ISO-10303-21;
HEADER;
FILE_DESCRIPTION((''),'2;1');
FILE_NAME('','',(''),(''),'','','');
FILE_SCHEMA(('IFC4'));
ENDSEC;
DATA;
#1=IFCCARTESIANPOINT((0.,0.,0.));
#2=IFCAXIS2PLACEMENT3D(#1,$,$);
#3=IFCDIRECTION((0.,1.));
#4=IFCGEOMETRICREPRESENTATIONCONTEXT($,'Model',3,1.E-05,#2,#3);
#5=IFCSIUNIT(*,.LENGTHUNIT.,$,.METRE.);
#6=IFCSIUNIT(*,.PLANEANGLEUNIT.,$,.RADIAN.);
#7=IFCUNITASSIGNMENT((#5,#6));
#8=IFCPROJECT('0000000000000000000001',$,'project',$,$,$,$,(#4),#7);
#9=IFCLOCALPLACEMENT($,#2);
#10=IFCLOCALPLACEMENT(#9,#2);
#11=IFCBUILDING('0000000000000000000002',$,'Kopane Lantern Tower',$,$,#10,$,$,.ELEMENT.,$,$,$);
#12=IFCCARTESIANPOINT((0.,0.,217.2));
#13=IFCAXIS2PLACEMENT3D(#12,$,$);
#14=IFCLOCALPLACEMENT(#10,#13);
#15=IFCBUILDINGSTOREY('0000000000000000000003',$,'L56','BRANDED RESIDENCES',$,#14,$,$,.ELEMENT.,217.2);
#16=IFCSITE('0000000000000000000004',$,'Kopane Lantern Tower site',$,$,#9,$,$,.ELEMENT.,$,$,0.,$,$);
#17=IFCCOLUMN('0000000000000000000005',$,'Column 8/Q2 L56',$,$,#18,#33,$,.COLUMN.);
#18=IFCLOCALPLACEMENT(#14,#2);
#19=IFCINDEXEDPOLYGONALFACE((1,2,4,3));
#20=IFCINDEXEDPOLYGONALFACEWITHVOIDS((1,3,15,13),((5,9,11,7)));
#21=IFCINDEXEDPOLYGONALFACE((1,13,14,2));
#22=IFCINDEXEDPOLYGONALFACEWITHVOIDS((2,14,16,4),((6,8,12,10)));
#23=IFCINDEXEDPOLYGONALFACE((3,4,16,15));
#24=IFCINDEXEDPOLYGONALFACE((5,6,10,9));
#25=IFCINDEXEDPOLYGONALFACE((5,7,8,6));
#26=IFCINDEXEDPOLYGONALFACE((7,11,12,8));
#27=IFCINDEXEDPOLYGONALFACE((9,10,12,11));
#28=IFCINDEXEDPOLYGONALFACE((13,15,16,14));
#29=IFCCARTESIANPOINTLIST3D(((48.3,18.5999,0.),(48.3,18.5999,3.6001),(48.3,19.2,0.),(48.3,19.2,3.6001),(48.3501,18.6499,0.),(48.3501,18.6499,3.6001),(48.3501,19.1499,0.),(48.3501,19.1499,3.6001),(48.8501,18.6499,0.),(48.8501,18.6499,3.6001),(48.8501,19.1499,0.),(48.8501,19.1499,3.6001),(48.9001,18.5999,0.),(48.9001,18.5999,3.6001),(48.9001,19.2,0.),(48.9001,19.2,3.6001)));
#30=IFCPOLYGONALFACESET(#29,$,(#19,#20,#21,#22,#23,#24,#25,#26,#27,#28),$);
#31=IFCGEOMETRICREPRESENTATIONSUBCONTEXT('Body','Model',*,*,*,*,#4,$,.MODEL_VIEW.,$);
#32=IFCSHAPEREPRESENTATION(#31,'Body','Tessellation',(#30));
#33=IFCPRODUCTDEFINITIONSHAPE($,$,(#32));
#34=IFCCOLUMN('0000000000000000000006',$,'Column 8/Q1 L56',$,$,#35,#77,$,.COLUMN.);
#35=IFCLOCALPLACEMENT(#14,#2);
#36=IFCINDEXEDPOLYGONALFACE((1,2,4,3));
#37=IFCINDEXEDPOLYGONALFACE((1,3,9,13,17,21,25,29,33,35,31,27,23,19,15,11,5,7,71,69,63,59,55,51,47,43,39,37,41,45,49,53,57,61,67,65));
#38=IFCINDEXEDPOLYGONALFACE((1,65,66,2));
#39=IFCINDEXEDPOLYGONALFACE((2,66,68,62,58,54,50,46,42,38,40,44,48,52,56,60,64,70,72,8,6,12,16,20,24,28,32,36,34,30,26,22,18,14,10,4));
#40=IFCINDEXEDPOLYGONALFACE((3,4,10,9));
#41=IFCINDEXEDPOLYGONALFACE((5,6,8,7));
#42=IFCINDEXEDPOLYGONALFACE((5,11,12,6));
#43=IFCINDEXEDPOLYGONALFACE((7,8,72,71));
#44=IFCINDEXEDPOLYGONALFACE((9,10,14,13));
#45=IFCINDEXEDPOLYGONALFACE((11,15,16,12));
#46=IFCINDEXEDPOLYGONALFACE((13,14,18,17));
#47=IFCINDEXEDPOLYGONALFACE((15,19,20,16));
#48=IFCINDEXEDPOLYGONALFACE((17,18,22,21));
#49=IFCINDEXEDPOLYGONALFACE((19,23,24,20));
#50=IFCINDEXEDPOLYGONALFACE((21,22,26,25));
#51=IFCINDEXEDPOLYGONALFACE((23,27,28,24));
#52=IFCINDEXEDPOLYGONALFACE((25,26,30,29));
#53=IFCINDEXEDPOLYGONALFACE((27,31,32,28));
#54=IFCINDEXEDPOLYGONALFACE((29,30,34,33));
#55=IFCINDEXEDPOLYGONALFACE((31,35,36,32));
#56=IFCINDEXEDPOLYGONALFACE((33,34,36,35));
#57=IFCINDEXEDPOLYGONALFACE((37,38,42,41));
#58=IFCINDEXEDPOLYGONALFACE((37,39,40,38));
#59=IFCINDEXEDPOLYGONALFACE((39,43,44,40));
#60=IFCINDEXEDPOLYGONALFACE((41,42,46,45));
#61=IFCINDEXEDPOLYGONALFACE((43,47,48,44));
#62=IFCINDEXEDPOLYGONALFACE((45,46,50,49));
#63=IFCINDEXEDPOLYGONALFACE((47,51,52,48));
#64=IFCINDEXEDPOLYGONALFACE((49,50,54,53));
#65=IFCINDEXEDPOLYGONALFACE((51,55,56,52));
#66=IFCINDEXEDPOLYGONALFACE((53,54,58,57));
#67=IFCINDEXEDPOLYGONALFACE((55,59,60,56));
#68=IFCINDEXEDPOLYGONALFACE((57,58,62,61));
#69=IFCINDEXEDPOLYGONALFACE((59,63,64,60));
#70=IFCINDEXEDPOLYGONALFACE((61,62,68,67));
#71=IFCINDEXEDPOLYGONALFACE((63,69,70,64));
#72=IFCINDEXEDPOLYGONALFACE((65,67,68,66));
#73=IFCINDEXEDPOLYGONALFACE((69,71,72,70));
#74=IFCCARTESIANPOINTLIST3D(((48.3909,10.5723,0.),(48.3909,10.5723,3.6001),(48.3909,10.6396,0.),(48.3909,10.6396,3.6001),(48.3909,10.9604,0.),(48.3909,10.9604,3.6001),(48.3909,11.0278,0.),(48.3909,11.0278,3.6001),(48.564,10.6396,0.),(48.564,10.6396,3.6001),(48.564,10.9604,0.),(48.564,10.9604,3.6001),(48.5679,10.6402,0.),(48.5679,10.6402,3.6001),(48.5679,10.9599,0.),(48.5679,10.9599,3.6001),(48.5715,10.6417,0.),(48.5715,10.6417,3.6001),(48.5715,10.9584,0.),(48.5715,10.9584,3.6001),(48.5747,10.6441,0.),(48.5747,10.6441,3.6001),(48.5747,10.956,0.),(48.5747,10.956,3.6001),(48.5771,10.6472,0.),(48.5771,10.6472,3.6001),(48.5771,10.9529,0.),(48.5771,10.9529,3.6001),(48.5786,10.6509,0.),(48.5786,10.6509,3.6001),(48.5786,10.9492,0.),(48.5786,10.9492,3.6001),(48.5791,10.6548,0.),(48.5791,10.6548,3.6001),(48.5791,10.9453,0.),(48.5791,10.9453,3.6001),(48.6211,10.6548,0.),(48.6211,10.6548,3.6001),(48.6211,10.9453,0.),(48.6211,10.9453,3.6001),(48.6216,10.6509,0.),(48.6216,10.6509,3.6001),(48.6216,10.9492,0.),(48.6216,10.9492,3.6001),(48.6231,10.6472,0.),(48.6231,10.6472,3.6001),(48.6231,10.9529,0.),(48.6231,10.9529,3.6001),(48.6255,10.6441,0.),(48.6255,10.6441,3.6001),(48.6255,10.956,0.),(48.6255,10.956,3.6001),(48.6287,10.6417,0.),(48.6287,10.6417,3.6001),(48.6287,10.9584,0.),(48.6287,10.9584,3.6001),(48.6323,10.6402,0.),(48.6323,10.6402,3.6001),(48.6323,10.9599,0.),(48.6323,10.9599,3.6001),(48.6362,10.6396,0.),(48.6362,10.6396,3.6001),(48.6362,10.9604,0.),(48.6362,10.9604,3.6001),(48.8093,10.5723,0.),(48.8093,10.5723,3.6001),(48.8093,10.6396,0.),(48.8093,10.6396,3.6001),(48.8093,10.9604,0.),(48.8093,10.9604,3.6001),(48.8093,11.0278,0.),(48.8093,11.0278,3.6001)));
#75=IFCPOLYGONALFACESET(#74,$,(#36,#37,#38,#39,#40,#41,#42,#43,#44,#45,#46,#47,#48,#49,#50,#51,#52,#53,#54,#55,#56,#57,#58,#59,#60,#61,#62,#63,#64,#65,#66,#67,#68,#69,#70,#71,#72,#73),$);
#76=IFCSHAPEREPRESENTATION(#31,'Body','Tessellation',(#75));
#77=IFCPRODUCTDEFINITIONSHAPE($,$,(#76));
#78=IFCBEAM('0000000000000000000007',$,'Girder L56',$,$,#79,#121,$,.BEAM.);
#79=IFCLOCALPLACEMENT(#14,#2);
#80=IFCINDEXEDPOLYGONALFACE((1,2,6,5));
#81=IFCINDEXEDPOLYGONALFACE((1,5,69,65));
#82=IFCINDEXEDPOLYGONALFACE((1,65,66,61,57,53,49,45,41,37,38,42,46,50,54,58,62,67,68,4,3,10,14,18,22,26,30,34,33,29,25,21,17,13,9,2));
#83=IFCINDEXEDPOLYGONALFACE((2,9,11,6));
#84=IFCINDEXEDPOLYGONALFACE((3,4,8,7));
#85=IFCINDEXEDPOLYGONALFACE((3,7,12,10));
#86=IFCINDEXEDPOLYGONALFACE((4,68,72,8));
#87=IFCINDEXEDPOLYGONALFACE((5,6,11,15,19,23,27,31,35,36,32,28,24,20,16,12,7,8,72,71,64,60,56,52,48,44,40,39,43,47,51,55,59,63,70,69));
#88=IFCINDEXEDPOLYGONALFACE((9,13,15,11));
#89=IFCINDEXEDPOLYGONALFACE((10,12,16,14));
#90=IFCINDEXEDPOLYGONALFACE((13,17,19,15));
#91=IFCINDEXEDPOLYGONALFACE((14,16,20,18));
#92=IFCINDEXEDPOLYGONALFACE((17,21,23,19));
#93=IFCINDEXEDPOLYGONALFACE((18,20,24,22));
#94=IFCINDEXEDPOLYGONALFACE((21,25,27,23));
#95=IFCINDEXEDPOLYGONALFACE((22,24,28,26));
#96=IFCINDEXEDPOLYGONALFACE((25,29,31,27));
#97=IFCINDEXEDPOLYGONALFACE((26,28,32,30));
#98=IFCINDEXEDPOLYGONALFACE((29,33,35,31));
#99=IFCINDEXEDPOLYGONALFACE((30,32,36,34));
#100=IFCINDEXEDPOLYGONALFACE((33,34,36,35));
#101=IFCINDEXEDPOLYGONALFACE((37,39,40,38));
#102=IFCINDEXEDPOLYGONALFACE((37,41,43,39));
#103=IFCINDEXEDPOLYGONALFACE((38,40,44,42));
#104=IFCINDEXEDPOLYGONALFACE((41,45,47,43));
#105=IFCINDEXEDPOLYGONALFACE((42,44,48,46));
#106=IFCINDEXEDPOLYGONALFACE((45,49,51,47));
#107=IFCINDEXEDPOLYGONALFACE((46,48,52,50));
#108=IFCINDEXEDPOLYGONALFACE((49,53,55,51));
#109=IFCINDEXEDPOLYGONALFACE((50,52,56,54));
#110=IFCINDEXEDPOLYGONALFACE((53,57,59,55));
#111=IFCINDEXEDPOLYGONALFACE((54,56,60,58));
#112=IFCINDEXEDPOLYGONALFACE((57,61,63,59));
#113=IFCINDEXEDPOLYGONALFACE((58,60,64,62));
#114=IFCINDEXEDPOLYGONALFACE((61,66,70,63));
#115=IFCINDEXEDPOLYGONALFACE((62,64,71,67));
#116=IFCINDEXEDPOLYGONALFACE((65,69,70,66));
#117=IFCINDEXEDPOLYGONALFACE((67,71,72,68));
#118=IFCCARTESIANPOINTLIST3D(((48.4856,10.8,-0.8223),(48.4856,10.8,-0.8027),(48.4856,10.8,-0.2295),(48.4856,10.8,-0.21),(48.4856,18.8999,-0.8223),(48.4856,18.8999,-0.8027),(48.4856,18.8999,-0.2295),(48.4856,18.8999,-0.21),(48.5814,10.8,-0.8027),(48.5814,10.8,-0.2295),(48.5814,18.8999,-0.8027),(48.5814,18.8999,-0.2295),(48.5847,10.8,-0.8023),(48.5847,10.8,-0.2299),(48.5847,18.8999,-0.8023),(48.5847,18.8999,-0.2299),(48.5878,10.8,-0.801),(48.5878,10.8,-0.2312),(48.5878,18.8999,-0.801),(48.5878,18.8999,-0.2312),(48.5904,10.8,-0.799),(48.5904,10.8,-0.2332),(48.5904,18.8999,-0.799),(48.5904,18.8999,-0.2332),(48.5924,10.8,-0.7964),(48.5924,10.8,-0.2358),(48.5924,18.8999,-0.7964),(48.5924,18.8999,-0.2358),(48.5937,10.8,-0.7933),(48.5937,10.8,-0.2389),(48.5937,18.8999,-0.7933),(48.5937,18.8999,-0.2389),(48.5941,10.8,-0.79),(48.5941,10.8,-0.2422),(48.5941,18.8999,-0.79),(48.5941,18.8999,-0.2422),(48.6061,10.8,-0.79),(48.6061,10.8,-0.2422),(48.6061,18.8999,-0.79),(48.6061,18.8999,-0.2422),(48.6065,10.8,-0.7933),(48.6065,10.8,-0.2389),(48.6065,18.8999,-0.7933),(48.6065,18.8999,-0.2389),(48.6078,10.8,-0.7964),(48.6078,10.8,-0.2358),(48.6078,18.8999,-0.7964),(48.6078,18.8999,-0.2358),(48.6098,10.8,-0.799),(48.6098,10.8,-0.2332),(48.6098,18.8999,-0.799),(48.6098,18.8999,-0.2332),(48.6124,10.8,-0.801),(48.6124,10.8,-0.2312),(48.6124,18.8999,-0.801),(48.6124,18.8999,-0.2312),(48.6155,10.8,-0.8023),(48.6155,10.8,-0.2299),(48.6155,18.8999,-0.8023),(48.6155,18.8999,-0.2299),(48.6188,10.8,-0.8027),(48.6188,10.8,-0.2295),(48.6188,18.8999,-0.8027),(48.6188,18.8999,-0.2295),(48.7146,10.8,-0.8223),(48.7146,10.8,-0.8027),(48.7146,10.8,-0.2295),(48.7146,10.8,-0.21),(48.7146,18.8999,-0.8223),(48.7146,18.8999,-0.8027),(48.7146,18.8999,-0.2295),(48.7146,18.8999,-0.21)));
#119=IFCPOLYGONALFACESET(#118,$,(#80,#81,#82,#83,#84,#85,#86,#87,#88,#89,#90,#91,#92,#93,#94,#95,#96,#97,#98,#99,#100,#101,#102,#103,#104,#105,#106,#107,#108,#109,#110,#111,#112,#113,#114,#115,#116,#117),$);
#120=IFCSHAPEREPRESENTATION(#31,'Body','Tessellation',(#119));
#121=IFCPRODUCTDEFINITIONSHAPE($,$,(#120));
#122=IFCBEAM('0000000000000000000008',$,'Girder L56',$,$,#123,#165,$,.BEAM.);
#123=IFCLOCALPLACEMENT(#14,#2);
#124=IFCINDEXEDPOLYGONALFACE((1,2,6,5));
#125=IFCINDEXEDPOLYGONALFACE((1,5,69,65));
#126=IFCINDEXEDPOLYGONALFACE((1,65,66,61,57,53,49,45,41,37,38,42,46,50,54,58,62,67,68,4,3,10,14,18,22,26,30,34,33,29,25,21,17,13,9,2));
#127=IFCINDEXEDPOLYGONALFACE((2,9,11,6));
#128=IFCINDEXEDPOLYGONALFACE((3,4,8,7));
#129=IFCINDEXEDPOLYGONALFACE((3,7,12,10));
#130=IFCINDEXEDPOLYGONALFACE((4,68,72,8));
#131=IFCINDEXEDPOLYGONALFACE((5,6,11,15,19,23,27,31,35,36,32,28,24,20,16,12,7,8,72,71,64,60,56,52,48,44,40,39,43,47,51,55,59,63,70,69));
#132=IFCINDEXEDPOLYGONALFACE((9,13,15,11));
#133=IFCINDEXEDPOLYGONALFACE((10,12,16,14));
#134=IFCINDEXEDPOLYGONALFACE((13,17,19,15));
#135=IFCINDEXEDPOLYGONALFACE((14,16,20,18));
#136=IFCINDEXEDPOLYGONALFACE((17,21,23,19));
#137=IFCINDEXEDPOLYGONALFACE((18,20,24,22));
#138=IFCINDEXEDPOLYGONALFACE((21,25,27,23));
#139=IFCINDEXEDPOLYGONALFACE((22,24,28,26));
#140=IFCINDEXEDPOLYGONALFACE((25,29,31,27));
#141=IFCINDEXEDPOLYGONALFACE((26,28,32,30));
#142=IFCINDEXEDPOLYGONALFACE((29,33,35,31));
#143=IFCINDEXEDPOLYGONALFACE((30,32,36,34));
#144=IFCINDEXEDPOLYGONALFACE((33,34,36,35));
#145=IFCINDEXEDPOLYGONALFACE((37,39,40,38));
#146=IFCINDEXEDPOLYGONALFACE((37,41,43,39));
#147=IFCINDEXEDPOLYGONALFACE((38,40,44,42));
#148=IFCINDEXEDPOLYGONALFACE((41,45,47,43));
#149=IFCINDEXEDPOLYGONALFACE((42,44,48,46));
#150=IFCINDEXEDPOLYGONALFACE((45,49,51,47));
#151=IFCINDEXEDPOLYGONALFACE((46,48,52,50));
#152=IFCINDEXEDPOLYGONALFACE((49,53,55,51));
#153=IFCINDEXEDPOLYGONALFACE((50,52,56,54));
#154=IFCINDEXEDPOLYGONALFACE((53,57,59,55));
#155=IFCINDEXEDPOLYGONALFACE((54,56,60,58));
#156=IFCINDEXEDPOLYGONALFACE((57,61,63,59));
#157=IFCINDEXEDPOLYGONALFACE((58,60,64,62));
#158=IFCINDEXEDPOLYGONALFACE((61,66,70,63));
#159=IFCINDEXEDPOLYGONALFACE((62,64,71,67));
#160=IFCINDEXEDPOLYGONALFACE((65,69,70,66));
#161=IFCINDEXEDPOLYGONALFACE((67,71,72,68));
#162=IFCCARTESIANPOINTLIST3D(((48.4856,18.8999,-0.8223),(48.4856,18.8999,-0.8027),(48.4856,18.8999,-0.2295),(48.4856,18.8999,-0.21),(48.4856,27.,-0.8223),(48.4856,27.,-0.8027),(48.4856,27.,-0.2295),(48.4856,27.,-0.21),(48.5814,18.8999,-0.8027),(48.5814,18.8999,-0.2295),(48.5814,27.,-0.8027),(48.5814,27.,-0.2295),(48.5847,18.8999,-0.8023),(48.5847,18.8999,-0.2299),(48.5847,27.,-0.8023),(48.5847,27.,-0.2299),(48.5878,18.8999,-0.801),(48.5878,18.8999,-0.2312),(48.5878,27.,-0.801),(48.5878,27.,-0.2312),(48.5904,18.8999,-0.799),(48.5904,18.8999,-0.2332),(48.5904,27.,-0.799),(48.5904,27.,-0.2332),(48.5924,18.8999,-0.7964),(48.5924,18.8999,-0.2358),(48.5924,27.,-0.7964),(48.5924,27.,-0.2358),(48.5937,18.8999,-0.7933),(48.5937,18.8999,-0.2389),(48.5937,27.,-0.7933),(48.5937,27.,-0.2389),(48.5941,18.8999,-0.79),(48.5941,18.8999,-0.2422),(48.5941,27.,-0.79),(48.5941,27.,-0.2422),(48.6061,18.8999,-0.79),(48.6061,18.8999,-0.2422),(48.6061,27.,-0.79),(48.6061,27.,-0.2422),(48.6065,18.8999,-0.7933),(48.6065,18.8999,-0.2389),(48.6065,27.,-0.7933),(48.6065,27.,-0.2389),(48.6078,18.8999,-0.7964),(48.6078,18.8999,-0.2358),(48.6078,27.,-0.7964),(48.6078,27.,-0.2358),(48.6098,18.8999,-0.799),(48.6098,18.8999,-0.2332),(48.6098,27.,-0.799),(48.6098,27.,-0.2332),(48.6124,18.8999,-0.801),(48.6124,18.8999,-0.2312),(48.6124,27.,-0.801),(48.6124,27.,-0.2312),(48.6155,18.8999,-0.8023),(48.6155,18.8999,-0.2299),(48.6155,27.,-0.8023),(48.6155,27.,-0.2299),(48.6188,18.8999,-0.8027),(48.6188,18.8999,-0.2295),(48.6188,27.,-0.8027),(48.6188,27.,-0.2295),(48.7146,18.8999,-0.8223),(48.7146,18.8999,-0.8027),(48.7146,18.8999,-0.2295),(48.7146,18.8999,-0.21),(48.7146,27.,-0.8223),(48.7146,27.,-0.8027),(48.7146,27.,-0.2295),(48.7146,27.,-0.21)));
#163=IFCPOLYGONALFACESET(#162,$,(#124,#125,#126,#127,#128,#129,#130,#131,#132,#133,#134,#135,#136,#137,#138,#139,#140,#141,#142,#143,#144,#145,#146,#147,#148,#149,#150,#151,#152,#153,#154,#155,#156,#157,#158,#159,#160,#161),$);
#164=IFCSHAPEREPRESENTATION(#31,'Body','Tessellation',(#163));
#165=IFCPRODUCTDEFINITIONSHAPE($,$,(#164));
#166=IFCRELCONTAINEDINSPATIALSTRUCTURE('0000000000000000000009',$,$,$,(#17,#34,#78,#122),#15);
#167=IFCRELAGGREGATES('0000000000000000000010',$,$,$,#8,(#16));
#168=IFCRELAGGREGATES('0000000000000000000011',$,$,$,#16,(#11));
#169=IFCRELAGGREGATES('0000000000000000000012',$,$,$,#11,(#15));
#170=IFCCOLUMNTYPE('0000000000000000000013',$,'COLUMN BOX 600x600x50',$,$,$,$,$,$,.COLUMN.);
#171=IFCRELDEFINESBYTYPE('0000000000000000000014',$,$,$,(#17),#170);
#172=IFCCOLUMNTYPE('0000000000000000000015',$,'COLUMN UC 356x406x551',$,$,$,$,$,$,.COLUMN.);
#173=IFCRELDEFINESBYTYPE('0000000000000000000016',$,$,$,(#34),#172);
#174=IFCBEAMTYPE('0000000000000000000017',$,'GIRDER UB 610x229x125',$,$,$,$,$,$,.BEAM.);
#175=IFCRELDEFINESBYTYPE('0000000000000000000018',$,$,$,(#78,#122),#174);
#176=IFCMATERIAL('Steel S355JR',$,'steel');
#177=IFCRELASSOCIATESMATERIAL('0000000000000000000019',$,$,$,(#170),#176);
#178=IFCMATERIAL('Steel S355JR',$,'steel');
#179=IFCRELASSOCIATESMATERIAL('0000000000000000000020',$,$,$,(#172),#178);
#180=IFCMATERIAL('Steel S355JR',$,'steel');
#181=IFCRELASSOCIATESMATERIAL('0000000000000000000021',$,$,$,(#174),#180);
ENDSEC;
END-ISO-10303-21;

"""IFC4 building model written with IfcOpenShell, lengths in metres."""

from ifc_helpers import new_model, si_unit, direction, frame, origin, origin_2d, place, context, subcontext, project, spatial, hollow_rectangle, i_section, extrude, material, material_profile, profile_set, type_object, element, save


model = new_model("IFC4")

# Units and contexts
model_context = context("Model", 3, precision=1e-05, world=origin(), true_north=direction((0.0, 1.0)))
body_context = subcontext(model_context, "Body", "Model", "MODEL_VIEW")
ifc_project = project(units=[si_unit("LENGTHUNIT", "METRE"), si_unit("PLANEANGLEUNIT", "RADIAN")], contexts=[model_context])

# Site, building, storey
site_placement = place(None, origin())
site = spatial("IfcSite", under=ifc_project, at=site_placement, Name="Kopane Lantern Tower site", CompositionType="ELEMENT", RefElevation=0.0)
building_placement = place(site_placement, origin())
building = spatial("IfcBuilding", under=site, at=building_placement, Name="Kopane Lantern Tower", CompositionType="ELEMENT")
storey_placement = place(building_placement, frame((0.0, 0.0, 217.2)))
storey = spatial("IfcBuildingStorey", under=building, at=storey_placement, Name="L56", Description="BRANDED RESIDENCES", CompositionType="ELEMENT", Elevation=217.2)

# Columns
ifc_material_1 = material(Name="Steel S355JR", Category="steel")
ifc_material_profile_1 = material_profile(ifc_material_1, hollow_rectangle(XDim=0.6001, YDim=0.6001, WallThickness=0.05, at=origin_2d()), Name="BOX 600x600x50")
ifc_profile_set_1 = profile_set([ifc_material_profile_1], Name="Steel S355JR")
column_type_1 = type_object("IfcColumnType", Name="COLUMN BOX 600x600x50", PredefinedType="COLUMN", material=ifc_profile_set_1)
column_1_placement = place(storey_placement, frame((48.6001, 18.8999, 0.0), z_axis=(0.0, 0.0, 1.0), x_axis=(1.0, 0.0, 0.0)))
element("IfcColumn", 1, at=column_1_placement, inside=storey, type_object=column_type_1, Name="Column 8/Q2 L56", PredefinedType="COLUMN", context=body_context, shape_type="SweptSolid", body=[
    extrude(hollow_rectangle(XDim=0.6001, YDim=0.6001, WallThickness=0.05, at=origin_2d()), origin(), (0.0, 0.0, 1.0), 3.6001),
])
ifc_material_2 = material(Name="Steel S355JR", Category="steel")
ifc_material_profile_2 = material_profile(ifc_material_2, i_section(OverallWidth=0.4185, OverallDepth=0.4556, WebThickness=0.042, FlangeThickness=0.0674, FilletRadius=0.0151, at=origin_2d()), Name="UC 356x406x551")
ifc_profile_set_2 = profile_set([ifc_material_profile_2], Name="Steel S355JR")
column_type_2 = type_object("IfcColumnType", Name="COLUMN UC 356x406x551", PredefinedType="COLUMN", material=ifc_profile_set_2)
column_2_placement = place(storey_placement, frame((48.6001, 10.8, 0.0), z_axis=(0.0, 0.0, 1.0), x_axis=(1.0, 0.0, 0.0)))
element("IfcColumn", 2, at=column_2_placement, inside=storey, type_object=column_type_2, Name="Column 8/Q1 L56", PredefinedType="COLUMN", context=body_context, shape_type="SweptSolid", body=[
    extrude(i_section(OverallWidth=0.4185, OverallDepth=0.4556, WebThickness=0.042, FlangeThickness=0.0674, FilletRadius=0.0151, at=origin_2d()), origin(), (0.0, 0.0, 1.0), 3.6001),
])

# Beams
ifc_material_3 = material(Name="Steel S355JR", Category="steel")
ifc_material_profile_3 = material_profile(ifc_material_3, i_section(OverallWidth=0.229, OverallDepth=0.6123, WebThickness=0.012, FlangeThickness=0.0195, FilletRadius=0.0127, at=origin_2d()), Name="UB 610x229x125")
ifc_profile_set_3 = profile_set([ifc_material_profile_3], Name="Steel S355JR")
beam_type = type_object("IfcBeamType", Name="GIRDER UB 610x229x125", PredefinedType="BEAM", material=ifc_profile_set_3)
beam_1_placement = place(storey_placement, frame((48.6001, 10.8, -0.5161), z_axis=(0.0, 1.0, 0.0), x_axis=(-1.0, 0.0, 0.0)))
element("IfcBeam", 3, at=beam_1_placement, inside=storey, type_object=beam_type, Name="Girder L56", PredefinedType="BEAM", context=body_context, shape_type="SweptSolid", body=[
    extrude(i_section(OverallWidth=0.229, OverallDepth=0.6123, WebThickness=0.012, FlangeThickness=0.0195, FilletRadius=0.0127, at=origin_2d()), origin(), (0.0, 0.0, 1.0), 8.0999),
])
beam_2_placement = place(storey_placement, frame((48.6001, 18.8999, -0.5161), z_axis=(0.0, 1.0, 0.0), x_axis=(-1.0, 0.0, 0.0)))
element("IfcBeam", 4, at=beam_2_placement, inside=storey, type_object=beam_type, Name="Girder L56", PredefinedType="BEAM", context=body_context, shape_type="SweptSolid", body=[
    extrude(i_section(OverallWidth=0.229, OverallDepth=0.6123, WebThickness=0.012, FlangeThickness=0.0195, FilletRadius=0.0127, at=origin_2d()), origin(), (0.0, 0.0, 1.0), 8.1001),
])

save(model, "model.ifc")
